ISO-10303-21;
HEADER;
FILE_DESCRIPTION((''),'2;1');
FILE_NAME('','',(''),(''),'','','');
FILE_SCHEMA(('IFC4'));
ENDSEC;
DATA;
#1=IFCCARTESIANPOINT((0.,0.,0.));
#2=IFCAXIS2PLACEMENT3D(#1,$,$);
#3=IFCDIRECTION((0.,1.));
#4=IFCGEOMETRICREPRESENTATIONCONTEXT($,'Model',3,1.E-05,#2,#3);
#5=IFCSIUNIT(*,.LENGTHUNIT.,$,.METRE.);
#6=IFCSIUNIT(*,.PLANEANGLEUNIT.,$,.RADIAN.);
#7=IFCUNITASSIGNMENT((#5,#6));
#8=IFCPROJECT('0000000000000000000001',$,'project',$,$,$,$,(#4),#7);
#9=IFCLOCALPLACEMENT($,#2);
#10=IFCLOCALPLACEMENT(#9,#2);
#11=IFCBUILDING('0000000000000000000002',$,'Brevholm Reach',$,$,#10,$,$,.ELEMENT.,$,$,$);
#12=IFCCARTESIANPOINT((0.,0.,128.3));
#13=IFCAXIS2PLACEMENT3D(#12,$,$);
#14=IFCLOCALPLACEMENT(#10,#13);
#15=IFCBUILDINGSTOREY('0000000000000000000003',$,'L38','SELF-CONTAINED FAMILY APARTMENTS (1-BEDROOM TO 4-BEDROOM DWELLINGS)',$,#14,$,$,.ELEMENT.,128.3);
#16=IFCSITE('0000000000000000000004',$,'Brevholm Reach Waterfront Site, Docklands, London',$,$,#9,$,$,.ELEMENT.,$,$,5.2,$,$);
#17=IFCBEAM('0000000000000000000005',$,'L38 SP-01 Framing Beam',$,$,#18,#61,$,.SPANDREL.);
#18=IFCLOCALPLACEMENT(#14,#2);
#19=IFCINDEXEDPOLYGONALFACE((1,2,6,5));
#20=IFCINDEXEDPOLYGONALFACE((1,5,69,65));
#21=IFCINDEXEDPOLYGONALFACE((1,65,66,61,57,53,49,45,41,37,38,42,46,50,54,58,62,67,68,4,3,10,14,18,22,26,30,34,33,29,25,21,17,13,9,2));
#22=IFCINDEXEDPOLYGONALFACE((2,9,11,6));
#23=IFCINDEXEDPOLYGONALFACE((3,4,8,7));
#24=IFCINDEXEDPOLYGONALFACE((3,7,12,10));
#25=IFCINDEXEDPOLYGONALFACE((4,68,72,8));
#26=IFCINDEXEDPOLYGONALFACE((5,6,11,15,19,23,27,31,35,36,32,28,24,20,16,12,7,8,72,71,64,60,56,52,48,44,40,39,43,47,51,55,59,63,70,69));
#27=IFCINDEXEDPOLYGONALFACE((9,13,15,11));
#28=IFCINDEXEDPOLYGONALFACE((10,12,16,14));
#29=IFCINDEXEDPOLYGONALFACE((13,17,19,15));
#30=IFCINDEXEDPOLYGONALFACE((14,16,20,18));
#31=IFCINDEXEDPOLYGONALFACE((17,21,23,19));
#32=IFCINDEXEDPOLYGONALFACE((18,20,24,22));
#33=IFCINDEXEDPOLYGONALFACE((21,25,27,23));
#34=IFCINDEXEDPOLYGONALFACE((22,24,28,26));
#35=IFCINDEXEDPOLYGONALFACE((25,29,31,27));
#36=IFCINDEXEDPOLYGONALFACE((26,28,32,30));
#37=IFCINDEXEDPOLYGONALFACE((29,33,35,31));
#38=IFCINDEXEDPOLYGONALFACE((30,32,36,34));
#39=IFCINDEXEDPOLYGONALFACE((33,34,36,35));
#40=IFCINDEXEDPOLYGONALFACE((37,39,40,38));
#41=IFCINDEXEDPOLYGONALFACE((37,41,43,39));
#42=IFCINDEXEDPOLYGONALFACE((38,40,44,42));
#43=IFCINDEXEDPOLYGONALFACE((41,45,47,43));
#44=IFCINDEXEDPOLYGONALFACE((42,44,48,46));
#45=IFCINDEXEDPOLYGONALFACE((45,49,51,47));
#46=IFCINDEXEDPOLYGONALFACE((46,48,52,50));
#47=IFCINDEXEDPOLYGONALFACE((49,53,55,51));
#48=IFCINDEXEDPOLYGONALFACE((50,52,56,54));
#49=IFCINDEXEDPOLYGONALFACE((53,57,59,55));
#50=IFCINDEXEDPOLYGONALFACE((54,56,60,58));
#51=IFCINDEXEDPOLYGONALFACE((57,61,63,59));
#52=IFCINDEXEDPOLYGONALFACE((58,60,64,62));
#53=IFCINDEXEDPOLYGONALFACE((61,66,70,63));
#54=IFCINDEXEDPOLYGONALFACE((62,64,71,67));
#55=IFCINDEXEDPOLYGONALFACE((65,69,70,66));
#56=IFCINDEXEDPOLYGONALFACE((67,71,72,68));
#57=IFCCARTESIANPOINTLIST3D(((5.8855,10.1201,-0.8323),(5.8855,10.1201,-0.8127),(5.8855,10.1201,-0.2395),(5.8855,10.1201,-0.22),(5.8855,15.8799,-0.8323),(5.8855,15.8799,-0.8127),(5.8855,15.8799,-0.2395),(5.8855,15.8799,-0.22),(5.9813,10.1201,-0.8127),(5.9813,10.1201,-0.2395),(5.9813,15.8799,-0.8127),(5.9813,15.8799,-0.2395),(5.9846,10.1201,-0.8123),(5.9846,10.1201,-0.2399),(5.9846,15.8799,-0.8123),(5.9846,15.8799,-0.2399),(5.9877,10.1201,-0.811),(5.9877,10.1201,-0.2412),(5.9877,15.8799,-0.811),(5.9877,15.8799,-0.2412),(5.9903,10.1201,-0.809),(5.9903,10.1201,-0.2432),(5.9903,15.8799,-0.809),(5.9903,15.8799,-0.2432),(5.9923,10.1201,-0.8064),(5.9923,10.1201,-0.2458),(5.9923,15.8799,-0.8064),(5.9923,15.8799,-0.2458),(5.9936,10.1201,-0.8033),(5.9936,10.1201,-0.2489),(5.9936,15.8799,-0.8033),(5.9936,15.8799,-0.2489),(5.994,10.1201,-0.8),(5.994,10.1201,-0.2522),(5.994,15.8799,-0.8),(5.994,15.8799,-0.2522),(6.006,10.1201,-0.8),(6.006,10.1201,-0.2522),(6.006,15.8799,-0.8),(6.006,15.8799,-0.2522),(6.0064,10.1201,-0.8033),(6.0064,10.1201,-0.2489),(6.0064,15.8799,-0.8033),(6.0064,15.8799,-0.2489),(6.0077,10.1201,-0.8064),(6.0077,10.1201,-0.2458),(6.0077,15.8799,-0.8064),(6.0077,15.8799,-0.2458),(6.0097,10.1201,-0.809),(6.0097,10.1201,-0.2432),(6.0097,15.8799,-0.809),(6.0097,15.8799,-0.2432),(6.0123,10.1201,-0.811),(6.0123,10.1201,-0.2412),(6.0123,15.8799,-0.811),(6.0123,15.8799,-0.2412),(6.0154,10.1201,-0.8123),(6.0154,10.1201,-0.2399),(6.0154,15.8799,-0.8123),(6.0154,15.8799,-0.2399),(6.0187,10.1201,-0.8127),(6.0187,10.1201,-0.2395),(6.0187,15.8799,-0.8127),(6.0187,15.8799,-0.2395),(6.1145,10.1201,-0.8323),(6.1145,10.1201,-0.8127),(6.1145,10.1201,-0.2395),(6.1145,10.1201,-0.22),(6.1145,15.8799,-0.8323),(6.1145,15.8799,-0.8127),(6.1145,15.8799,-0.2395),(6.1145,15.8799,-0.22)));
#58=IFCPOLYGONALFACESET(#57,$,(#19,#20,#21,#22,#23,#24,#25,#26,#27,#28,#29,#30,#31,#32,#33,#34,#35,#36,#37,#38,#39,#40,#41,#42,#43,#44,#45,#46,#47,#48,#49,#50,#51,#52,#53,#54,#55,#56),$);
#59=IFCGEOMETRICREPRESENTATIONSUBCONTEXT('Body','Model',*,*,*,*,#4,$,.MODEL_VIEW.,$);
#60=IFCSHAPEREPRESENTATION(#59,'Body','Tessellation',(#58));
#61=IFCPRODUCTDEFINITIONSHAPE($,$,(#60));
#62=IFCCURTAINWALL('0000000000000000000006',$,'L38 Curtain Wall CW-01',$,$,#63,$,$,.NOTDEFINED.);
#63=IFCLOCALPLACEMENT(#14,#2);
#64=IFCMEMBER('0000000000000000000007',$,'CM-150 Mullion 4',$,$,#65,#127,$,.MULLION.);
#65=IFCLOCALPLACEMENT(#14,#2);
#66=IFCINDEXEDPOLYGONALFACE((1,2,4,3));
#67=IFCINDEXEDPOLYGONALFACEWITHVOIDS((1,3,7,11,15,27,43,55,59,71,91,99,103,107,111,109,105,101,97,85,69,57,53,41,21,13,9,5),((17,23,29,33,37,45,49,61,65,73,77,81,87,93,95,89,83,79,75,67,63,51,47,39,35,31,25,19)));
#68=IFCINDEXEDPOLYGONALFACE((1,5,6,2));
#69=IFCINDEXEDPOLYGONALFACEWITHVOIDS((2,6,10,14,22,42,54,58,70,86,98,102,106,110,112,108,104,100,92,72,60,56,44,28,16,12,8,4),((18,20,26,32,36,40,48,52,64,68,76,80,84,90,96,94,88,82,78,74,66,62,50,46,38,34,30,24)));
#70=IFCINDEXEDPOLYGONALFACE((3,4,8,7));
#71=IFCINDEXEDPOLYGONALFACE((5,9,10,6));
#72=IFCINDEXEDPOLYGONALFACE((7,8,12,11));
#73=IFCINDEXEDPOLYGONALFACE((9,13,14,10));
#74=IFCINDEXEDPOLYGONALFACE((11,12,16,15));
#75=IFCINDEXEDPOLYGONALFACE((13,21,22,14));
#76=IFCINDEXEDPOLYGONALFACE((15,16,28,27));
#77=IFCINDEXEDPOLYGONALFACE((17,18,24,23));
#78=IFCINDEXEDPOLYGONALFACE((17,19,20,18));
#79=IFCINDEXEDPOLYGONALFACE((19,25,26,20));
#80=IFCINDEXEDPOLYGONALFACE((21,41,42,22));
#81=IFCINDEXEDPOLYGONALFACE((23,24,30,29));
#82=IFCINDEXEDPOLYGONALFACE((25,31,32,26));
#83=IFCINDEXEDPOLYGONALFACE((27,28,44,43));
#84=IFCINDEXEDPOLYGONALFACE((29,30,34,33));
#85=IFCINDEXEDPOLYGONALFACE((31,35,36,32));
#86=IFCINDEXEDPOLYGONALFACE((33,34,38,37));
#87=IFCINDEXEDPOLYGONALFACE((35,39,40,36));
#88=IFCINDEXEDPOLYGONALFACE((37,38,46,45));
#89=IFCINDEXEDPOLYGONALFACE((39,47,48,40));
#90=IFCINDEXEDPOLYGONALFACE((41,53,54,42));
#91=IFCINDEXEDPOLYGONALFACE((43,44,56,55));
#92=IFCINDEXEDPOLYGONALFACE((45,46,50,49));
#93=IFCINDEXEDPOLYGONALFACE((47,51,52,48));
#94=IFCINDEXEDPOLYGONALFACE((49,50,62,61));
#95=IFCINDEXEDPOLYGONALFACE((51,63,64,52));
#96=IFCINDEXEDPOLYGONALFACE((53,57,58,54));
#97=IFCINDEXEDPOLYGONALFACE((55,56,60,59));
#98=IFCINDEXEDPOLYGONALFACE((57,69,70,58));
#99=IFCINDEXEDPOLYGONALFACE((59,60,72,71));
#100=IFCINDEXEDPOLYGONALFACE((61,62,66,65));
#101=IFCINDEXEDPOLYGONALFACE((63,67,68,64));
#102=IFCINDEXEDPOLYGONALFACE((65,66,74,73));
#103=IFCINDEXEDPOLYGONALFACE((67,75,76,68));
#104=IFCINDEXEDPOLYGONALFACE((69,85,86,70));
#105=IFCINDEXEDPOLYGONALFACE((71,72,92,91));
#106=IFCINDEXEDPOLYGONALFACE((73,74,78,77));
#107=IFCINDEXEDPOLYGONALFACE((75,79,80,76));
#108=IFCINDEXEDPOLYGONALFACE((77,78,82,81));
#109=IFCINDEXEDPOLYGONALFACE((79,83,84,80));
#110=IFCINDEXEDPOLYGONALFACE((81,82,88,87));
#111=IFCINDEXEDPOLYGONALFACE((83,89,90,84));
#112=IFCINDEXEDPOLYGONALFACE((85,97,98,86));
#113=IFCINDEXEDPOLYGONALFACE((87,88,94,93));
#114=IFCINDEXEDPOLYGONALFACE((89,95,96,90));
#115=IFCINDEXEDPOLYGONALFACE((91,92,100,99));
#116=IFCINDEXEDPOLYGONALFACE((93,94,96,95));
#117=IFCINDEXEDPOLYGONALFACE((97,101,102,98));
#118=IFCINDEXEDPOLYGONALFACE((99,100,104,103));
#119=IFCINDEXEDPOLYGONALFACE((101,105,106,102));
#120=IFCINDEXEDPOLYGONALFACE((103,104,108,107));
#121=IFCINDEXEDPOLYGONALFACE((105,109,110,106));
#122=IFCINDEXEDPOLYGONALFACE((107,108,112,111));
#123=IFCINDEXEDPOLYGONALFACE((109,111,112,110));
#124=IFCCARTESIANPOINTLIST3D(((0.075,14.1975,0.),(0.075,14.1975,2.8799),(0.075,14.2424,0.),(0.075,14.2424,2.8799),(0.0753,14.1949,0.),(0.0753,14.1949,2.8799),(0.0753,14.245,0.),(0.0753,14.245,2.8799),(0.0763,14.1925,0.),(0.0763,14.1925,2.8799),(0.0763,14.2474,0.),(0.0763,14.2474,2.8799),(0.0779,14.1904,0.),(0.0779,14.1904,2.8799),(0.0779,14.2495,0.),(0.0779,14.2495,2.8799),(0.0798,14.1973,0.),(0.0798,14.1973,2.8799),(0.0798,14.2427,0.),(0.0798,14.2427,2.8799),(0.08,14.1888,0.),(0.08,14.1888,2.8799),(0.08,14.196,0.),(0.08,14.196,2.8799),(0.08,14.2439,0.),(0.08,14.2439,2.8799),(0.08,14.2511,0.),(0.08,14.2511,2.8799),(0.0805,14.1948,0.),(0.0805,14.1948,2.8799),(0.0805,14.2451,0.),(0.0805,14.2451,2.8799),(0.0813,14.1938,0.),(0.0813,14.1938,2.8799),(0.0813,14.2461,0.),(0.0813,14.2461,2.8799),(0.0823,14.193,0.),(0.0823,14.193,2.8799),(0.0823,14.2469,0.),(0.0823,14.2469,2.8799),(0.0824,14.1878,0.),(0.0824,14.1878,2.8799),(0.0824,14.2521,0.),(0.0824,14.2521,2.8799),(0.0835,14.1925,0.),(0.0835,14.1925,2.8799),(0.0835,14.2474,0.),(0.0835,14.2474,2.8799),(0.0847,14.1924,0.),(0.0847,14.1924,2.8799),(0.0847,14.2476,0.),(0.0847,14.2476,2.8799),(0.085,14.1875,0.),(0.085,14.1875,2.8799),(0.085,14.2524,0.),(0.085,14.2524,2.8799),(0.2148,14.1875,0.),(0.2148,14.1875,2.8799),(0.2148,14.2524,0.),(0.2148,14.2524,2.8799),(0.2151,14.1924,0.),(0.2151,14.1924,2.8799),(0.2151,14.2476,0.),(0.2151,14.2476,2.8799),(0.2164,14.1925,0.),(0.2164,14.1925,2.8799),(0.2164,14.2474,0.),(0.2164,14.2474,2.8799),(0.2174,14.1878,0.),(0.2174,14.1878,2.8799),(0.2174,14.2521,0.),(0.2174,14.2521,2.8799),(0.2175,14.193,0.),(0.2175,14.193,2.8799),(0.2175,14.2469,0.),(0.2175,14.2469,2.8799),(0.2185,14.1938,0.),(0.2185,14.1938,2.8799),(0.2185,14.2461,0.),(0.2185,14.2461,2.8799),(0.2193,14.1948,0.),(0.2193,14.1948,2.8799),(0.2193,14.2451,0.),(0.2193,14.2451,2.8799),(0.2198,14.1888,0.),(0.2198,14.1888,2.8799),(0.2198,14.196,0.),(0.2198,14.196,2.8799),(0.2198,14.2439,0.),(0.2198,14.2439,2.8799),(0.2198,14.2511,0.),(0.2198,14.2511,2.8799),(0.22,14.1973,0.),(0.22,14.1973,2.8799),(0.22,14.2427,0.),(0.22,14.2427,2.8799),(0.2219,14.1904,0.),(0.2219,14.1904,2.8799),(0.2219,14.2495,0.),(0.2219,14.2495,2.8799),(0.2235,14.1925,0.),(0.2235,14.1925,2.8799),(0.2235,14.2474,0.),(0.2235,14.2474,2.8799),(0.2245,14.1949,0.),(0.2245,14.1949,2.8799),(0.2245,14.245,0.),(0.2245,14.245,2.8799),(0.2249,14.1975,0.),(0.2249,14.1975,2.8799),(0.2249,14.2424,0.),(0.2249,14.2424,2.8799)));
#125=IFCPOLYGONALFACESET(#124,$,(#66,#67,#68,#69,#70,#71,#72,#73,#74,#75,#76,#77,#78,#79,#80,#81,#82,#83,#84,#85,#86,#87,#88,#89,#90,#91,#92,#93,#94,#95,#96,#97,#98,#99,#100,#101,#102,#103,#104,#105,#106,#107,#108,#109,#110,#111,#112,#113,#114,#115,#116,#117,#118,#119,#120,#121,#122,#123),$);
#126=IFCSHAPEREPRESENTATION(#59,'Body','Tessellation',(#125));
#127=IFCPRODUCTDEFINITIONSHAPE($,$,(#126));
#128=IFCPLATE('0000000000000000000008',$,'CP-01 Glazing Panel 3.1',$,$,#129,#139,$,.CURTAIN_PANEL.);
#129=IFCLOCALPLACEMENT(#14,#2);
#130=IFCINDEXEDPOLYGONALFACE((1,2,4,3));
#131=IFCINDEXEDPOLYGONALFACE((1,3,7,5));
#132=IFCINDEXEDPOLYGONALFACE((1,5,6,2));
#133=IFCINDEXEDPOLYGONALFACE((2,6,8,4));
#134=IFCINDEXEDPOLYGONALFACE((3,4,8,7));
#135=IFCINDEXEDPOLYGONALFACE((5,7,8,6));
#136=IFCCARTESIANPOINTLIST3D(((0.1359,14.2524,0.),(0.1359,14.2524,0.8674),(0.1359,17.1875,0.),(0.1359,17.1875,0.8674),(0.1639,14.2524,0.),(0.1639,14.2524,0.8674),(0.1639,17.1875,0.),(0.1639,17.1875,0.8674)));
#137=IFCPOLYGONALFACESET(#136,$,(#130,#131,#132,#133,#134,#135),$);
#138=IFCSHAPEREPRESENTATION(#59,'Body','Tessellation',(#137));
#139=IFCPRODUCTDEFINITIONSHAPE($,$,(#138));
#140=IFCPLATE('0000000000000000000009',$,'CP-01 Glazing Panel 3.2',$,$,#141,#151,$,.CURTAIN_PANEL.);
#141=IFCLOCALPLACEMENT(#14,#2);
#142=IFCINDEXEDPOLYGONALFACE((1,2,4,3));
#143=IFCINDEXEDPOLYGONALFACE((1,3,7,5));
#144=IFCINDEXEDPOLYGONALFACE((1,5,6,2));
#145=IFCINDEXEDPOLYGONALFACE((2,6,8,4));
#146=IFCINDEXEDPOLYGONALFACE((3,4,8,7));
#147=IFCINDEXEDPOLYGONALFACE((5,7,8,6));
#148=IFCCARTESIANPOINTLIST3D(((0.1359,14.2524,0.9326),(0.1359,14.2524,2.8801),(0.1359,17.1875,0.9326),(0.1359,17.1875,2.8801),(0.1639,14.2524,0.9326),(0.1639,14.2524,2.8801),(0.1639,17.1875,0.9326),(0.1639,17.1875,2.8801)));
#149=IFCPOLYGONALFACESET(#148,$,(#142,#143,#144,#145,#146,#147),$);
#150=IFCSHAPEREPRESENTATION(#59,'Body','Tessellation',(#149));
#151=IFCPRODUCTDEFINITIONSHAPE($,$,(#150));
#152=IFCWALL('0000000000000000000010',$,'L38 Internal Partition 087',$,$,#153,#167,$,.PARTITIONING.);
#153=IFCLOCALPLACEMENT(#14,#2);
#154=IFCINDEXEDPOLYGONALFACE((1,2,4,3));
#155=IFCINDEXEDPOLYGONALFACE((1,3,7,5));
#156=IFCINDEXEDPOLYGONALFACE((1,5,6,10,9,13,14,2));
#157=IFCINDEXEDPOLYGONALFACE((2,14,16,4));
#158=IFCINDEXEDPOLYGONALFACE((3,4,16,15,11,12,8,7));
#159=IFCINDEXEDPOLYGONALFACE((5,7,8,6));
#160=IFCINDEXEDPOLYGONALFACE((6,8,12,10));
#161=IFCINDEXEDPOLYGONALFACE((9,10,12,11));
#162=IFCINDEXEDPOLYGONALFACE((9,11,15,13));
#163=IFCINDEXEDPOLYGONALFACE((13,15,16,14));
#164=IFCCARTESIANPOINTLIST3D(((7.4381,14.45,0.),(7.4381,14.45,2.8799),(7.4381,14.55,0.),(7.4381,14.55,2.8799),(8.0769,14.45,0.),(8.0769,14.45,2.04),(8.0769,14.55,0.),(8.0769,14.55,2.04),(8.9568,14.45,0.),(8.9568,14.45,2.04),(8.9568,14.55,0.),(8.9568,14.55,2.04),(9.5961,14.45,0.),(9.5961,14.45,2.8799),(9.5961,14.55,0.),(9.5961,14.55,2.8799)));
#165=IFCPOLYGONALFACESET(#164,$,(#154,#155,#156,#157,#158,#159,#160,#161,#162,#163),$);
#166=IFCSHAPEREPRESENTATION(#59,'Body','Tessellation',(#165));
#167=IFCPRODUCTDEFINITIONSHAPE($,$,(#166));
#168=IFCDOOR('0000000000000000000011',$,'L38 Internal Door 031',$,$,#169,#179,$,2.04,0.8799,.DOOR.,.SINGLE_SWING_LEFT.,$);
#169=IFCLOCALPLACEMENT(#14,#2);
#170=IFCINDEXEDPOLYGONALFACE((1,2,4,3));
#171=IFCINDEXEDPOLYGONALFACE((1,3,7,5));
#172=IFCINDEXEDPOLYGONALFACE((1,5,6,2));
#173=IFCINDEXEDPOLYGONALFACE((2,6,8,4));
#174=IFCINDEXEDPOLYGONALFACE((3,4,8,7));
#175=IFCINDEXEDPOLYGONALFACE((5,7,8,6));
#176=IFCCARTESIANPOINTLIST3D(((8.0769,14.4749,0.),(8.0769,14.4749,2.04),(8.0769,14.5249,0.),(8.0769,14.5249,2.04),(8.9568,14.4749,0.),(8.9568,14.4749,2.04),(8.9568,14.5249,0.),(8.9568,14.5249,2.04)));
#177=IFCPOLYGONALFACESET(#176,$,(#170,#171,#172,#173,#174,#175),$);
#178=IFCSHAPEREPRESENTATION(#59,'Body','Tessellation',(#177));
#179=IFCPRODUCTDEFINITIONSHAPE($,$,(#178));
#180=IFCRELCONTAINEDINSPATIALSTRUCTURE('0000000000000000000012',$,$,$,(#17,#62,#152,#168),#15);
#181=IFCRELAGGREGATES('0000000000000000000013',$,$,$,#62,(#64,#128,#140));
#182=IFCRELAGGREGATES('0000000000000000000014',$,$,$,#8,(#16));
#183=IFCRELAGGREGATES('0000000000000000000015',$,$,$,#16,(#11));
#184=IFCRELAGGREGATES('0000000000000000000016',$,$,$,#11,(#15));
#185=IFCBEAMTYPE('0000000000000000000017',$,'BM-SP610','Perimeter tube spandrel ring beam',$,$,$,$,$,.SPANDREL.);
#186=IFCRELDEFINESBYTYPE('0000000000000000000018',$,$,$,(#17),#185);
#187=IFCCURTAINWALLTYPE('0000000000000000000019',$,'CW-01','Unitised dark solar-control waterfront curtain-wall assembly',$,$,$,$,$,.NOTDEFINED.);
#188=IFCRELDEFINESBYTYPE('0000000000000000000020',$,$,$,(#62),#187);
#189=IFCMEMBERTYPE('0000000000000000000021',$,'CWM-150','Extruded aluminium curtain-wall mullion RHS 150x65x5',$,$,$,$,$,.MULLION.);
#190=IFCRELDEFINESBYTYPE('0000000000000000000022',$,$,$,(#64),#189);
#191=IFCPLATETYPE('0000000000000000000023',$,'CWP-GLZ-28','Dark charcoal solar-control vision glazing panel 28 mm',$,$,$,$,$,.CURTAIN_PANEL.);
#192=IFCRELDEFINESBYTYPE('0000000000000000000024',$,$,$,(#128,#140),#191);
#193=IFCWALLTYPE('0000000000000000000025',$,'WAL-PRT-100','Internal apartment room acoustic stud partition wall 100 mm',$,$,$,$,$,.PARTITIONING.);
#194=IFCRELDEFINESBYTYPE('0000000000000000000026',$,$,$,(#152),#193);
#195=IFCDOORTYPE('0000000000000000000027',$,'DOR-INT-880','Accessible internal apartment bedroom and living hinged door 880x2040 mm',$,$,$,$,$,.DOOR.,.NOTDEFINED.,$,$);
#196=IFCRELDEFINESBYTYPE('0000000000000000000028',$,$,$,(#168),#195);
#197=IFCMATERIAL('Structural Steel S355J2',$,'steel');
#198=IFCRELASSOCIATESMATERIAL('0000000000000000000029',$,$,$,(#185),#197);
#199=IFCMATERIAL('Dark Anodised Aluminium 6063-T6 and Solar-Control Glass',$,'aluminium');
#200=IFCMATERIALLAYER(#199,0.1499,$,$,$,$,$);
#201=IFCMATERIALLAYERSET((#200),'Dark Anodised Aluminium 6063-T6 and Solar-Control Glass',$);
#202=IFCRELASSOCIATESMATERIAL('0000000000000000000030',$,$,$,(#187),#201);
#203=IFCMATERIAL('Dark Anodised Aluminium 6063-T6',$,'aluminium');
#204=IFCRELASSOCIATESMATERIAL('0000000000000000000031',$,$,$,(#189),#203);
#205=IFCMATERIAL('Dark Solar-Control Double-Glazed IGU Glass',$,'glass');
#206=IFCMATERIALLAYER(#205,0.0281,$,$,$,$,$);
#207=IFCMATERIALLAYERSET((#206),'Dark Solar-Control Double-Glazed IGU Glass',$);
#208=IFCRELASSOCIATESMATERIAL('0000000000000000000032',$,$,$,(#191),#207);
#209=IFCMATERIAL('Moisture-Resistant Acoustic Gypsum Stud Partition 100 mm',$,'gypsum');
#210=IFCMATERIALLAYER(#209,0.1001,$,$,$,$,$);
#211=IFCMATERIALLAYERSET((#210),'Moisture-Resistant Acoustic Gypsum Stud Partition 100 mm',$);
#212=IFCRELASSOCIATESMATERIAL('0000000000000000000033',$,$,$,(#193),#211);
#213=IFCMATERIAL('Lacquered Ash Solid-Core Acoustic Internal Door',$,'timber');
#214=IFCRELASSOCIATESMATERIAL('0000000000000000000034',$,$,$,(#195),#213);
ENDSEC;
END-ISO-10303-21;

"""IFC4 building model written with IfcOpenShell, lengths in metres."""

from ifc_helpers import new_model, si_unit, direction, frame, frame_2d, origin, origin_2d, place, context, subcontext, project, spatial, rectangle, hollow_rectangle, i_section, extrude, material, layer, layer_set, material_profile, profile_set, type_object, element, fill, aggregate, save


model = new_model("IFC4")

# Units and contexts
model_context = context("Model", 3, precision=1e-05, world=origin(), true_north=direction((0.0, 1.0)))
body_context = subcontext(model_context, "Body", "Model", "MODEL_VIEW")
ifc_project = project(units=[si_unit("LENGTHUNIT", "METRE"), si_unit("PLANEANGLEUNIT", "RADIAN")], contexts=[model_context])

# Site, building, storey
site_placement = place(None, origin())
site = spatial("IfcSite", under=ifc_project, at=site_placement, Name="Brevholm Reach Waterfront Site, Docklands, London", CompositionType="ELEMENT", RefElevation=5.2)
building_placement = place(site_placement, origin())
building = spatial("IfcBuilding", under=site, at=building_placement, Name="Brevholm Reach", CompositionType="ELEMENT")
storey_placement = place(building_placement, frame((0.0, 0.0, 128.3)))
storey = spatial("IfcBuildingStorey", under=building, at=storey_placement, Name="L38", Description="SELF-CONTAINED FAMILY APARTMENTS (1-BEDROOM TO 4-BEDROOM DWELLINGS)", CompositionType="ELEMENT", Elevation=128.3)

# Beam
ifc_material_1 = material(Name="Structural Steel S355J2", Category="steel")
ifc_material_profile_1 = material_profile(ifc_material_1, i_section(OverallWidth=0.229, OverallDepth=0.6123, WebThickness=0.012, FlangeThickness=0.0195, FilletRadius=0.0127, at=origin_2d()), Name="UKB 610x229x125")
ifc_profile_set_1 = profile_set([ifc_material_profile_1], Name="Structural Steel S355J2")
beam_type = type_object("IfcBeamType", Name="BM-SP610", Description="Perimeter tube spandrel ring beam", PredefinedType="SPANDREL", material=ifc_profile_set_1)
beam_placement = place(storey_placement, frame((6.0, 10.1201, -0.5261), z_axis=(0.0, 1.0, 0.0), x_axis=(-1.0, 0.0, 0.0)))
element("IfcBeam", 1, at=beam_placement, inside=storey, type_object=beam_type, Name="L38 SP-01 Framing Beam", PredefinedType="SPANDREL", context=body_context, shape_type="SweptSolid", body=[
    extrude(i_section(OverallWidth=0.229, OverallDepth=0.6123, WebThickness=0.012, FlangeThickness=0.0195, FilletRadius=0.0127, at=origin_2d()), origin(), (0.0, 0.0, 1.0), 5.7598),
])

# Curtain wall, member, plates
ifc_material_2 = material(Name="Dark Anodised Aluminium 6063-T6 and Solar-Control Glass", Category="aluminium")
ifc_layer_1 = layer(ifc_material_2, 0.1499)
ifc_layer_set_1 = layer_set([ifc_layer_1], Name="Dark Anodised Aluminium 6063-T6 and Solar-Control Glass")
curtain_wall_type = type_object("IfcCurtainWallType", Name="CW-01", Description="Unitised dark solar-control waterfront curtain-wall assembly", PredefinedType="NOTDEFINED", material=ifc_layer_set_1)
curtain_wall_placement = place(storey_placement, origin())
curtain_wall = element("IfcCurtainWall", 2, at=curtain_wall_placement, inside=storey, type_object=curtain_wall_type, Name="L38 Curtain Wall CW-01", PredefinedType="NOTDEFINED")
ifc_material_3 = material(Name="Dark Anodised Aluminium 6063-T6", Category="aluminium")
ifc_material_profile_2 = material_profile(ifc_material_3, hollow_rectangle(XDim=0.0649, YDim=0.1499, WallThickness=0.0049, InnerFilletRadius=0.0049, OuterFilletRadius=0.01, at=origin_2d()), Name="RHS 150x65x5")
ifc_profile_set_2 = profile_set([ifc_material_profile_2], Name="Dark Anodised Aluminium 6063-T6")
member_type = type_object("IfcMemberType", Name="CWM-150", Description="Extruded aluminium curtain-wall mullion RHS 150x65x5", PredefinedType="MULLION", material=ifc_profile_set_2)
member_placement = place(storey_placement, frame((0.1499, 14.22, 0.0), z_axis=(0.0, 0.0, 1.0), x_axis=(0.0, -1.0, 0.0)))
member = element("IfcMember", 3, at=member_placement, type_object=member_type, Name="CM-150 Mullion 4", PredefinedType="MULLION", context=body_context, shape_type="SweptSolid", body=[
    extrude(hollow_rectangle(XDim=0.0649, YDim=0.1499, WallThickness=0.0049, InnerFilletRadius=0.0049, OuterFilletRadius=0.01, at=origin_2d()), origin(), (0.0, 0.0, 1.0), 2.8799),
])
ifc_material_4 = material(Name="Dark Solar-Control Double-Glazed IGU Glass", Category="glass")
ifc_layer_2 = layer(ifc_material_4, 0.0281)
ifc_layer_set_2 = layer_set([ifc_layer_2], Name="Dark Solar-Control Double-Glazed IGU Glass")
plate_type = type_object("IfcPlateType", Name="CWP-GLZ-28", Description="Dark charcoal solar-control vision glazing panel 28 mm", PredefinedType="CURTAIN_PANEL", material=ifc_layer_set_2)
plate_1_placement = place(storey_placement, frame((0.1499, 15.72, 0.0), z_axis=(0.0, 0.0, 1.0), x_axis=(0.0, -1.0, 0.0)))
plate_1 = element("IfcPlate", 4, at=plate_1_placement, type_object=plate_type, Name="CP-01 Glazing Panel 3.1", PredefinedType="CURTAIN_PANEL", context=body_context, shape_type="SweptSolid", body=[
    extrude(rectangle(XDim=2.9351, YDim=0.0281, at=origin_2d()), origin(), (0.0, 0.0, 1.0), 0.8674),
])
plate_2_placement = place(storey_placement, frame((0.1499, 15.72, 0.9326), z_axis=(0.0, 0.0, 1.0), x_axis=(0.0, -1.0, 0.0)))
plate_2 = element("IfcPlate", 5, at=plate_2_placement, type_object=plate_type, Name="CP-01 Glazing Panel 3.2", PredefinedType="CURTAIN_PANEL", context=body_context, shape_type="SweptSolid", body=[
    extrude(rectangle(XDim=2.9351, YDim=0.0281, at=origin_2d()), origin(), (0.0, 0.0, 1.0), 1.9475),
])
aggregate(curtain_wall, [member, plate_1, plate_2])

# Wall, opening, door
ifc_material_5 = material(Name="Moisture-Resistant Acoustic Gypsum Stud Partition 100 mm", Category="gypsum")
ifc_layer_3 = layer(ifc_material_5, 0.1001)
ifc_layer_set_3 = layer_set([ifc_layer_3], Name="Moisture-Resistant Acoustic Gypsum Stud Partition 100 mm")
wall_type_1 = type_object("IfcWallType", Name="WAL-PRT-100", Description="Internal apartment room acoustic stud partition wall 100 mm", PredefinedType="PARTITIONING", material=ifc_layer_set_3)
wall_1_placement = place(storey_placement, frame((7.438, 14.5, 0.0), z_axis=(0.0, 0.0, 1.0), x_axis=(1.0, 0.0, 0.0)))
wall_1 = element("IfcWall", 6, at=wall_1_placement, inside=storey, type_object=wall_type_1, Name="L38 Internal Partition 087", PredefinedType="PARTITIONING", context=body_context, shape_type="SweptSolid", body=[
    extrude(rectangle(XDim=2.158, YDim=0.1001, at=frame_2d((1.0791, 0.0))), origin(), (0.0, 0.0, 1.0), 2.8799),
])
opening_1_placement = place(wall_1_placement, frame((0.6389, 0.0, 0.0)))
opening_1 = element("IfcOpeningElement", 7, at=opening_1_placement, cuts=wall_1, PredefinedType="OPENING", context=body_context, shape_type="SweptSolid", body=[
    extrude(rectangle(XDim=0.8799, YDim=2.04, at=frame_2d((0.4399, 1.02))), frame((0.0, 0.0601, 0.0), z_axis=(0.0, -1.0, 0.0), x_axis=(1.0, 0.0, 0.0)), (0.0, 0.0, 1.0), 0.1201),
])
ifc_material_6 = material(Name="Lacquered Ash Solid-Core Acoustic Internal Door", Category="timber")
door_type_1 = type_object("IfcDoorType", Name="DOR-INT-880", Description="Accessible internal apartment bedroom and living hinged door 880x2040 mm", OperationType="NOTDEFINED", PredefinedType="DOOR", material=ifc_material_6)
door_1_placement = place(opening_1_placement, origin())
door_1 = element("IfcDoor", 8, at=door_1_placement, inside=storey, type_object=door_type_1, Name="L38 Internal Door 031", OperationType="SINGLE_SWING_LEFT", OverallHeight=2.04, OverallWidth=0.8799, PredefinedType="DOOR", context=body_context, shape_type="SweptSolid", body=[
    extrude(rectangle(XDim=0.8799, YDim=2.04, at=frame_2d((0.4399, 1.02))), frame((0.0, 0.0249, 0.0), z_axis=(0.0, -1.0, 0.0), x_axis=(1.0, 0.0, 0.0)), (0.0, 0.0, 1.0), 0.05),
])
fill(opening_1, door_1)

save(model, "model.ifc")
